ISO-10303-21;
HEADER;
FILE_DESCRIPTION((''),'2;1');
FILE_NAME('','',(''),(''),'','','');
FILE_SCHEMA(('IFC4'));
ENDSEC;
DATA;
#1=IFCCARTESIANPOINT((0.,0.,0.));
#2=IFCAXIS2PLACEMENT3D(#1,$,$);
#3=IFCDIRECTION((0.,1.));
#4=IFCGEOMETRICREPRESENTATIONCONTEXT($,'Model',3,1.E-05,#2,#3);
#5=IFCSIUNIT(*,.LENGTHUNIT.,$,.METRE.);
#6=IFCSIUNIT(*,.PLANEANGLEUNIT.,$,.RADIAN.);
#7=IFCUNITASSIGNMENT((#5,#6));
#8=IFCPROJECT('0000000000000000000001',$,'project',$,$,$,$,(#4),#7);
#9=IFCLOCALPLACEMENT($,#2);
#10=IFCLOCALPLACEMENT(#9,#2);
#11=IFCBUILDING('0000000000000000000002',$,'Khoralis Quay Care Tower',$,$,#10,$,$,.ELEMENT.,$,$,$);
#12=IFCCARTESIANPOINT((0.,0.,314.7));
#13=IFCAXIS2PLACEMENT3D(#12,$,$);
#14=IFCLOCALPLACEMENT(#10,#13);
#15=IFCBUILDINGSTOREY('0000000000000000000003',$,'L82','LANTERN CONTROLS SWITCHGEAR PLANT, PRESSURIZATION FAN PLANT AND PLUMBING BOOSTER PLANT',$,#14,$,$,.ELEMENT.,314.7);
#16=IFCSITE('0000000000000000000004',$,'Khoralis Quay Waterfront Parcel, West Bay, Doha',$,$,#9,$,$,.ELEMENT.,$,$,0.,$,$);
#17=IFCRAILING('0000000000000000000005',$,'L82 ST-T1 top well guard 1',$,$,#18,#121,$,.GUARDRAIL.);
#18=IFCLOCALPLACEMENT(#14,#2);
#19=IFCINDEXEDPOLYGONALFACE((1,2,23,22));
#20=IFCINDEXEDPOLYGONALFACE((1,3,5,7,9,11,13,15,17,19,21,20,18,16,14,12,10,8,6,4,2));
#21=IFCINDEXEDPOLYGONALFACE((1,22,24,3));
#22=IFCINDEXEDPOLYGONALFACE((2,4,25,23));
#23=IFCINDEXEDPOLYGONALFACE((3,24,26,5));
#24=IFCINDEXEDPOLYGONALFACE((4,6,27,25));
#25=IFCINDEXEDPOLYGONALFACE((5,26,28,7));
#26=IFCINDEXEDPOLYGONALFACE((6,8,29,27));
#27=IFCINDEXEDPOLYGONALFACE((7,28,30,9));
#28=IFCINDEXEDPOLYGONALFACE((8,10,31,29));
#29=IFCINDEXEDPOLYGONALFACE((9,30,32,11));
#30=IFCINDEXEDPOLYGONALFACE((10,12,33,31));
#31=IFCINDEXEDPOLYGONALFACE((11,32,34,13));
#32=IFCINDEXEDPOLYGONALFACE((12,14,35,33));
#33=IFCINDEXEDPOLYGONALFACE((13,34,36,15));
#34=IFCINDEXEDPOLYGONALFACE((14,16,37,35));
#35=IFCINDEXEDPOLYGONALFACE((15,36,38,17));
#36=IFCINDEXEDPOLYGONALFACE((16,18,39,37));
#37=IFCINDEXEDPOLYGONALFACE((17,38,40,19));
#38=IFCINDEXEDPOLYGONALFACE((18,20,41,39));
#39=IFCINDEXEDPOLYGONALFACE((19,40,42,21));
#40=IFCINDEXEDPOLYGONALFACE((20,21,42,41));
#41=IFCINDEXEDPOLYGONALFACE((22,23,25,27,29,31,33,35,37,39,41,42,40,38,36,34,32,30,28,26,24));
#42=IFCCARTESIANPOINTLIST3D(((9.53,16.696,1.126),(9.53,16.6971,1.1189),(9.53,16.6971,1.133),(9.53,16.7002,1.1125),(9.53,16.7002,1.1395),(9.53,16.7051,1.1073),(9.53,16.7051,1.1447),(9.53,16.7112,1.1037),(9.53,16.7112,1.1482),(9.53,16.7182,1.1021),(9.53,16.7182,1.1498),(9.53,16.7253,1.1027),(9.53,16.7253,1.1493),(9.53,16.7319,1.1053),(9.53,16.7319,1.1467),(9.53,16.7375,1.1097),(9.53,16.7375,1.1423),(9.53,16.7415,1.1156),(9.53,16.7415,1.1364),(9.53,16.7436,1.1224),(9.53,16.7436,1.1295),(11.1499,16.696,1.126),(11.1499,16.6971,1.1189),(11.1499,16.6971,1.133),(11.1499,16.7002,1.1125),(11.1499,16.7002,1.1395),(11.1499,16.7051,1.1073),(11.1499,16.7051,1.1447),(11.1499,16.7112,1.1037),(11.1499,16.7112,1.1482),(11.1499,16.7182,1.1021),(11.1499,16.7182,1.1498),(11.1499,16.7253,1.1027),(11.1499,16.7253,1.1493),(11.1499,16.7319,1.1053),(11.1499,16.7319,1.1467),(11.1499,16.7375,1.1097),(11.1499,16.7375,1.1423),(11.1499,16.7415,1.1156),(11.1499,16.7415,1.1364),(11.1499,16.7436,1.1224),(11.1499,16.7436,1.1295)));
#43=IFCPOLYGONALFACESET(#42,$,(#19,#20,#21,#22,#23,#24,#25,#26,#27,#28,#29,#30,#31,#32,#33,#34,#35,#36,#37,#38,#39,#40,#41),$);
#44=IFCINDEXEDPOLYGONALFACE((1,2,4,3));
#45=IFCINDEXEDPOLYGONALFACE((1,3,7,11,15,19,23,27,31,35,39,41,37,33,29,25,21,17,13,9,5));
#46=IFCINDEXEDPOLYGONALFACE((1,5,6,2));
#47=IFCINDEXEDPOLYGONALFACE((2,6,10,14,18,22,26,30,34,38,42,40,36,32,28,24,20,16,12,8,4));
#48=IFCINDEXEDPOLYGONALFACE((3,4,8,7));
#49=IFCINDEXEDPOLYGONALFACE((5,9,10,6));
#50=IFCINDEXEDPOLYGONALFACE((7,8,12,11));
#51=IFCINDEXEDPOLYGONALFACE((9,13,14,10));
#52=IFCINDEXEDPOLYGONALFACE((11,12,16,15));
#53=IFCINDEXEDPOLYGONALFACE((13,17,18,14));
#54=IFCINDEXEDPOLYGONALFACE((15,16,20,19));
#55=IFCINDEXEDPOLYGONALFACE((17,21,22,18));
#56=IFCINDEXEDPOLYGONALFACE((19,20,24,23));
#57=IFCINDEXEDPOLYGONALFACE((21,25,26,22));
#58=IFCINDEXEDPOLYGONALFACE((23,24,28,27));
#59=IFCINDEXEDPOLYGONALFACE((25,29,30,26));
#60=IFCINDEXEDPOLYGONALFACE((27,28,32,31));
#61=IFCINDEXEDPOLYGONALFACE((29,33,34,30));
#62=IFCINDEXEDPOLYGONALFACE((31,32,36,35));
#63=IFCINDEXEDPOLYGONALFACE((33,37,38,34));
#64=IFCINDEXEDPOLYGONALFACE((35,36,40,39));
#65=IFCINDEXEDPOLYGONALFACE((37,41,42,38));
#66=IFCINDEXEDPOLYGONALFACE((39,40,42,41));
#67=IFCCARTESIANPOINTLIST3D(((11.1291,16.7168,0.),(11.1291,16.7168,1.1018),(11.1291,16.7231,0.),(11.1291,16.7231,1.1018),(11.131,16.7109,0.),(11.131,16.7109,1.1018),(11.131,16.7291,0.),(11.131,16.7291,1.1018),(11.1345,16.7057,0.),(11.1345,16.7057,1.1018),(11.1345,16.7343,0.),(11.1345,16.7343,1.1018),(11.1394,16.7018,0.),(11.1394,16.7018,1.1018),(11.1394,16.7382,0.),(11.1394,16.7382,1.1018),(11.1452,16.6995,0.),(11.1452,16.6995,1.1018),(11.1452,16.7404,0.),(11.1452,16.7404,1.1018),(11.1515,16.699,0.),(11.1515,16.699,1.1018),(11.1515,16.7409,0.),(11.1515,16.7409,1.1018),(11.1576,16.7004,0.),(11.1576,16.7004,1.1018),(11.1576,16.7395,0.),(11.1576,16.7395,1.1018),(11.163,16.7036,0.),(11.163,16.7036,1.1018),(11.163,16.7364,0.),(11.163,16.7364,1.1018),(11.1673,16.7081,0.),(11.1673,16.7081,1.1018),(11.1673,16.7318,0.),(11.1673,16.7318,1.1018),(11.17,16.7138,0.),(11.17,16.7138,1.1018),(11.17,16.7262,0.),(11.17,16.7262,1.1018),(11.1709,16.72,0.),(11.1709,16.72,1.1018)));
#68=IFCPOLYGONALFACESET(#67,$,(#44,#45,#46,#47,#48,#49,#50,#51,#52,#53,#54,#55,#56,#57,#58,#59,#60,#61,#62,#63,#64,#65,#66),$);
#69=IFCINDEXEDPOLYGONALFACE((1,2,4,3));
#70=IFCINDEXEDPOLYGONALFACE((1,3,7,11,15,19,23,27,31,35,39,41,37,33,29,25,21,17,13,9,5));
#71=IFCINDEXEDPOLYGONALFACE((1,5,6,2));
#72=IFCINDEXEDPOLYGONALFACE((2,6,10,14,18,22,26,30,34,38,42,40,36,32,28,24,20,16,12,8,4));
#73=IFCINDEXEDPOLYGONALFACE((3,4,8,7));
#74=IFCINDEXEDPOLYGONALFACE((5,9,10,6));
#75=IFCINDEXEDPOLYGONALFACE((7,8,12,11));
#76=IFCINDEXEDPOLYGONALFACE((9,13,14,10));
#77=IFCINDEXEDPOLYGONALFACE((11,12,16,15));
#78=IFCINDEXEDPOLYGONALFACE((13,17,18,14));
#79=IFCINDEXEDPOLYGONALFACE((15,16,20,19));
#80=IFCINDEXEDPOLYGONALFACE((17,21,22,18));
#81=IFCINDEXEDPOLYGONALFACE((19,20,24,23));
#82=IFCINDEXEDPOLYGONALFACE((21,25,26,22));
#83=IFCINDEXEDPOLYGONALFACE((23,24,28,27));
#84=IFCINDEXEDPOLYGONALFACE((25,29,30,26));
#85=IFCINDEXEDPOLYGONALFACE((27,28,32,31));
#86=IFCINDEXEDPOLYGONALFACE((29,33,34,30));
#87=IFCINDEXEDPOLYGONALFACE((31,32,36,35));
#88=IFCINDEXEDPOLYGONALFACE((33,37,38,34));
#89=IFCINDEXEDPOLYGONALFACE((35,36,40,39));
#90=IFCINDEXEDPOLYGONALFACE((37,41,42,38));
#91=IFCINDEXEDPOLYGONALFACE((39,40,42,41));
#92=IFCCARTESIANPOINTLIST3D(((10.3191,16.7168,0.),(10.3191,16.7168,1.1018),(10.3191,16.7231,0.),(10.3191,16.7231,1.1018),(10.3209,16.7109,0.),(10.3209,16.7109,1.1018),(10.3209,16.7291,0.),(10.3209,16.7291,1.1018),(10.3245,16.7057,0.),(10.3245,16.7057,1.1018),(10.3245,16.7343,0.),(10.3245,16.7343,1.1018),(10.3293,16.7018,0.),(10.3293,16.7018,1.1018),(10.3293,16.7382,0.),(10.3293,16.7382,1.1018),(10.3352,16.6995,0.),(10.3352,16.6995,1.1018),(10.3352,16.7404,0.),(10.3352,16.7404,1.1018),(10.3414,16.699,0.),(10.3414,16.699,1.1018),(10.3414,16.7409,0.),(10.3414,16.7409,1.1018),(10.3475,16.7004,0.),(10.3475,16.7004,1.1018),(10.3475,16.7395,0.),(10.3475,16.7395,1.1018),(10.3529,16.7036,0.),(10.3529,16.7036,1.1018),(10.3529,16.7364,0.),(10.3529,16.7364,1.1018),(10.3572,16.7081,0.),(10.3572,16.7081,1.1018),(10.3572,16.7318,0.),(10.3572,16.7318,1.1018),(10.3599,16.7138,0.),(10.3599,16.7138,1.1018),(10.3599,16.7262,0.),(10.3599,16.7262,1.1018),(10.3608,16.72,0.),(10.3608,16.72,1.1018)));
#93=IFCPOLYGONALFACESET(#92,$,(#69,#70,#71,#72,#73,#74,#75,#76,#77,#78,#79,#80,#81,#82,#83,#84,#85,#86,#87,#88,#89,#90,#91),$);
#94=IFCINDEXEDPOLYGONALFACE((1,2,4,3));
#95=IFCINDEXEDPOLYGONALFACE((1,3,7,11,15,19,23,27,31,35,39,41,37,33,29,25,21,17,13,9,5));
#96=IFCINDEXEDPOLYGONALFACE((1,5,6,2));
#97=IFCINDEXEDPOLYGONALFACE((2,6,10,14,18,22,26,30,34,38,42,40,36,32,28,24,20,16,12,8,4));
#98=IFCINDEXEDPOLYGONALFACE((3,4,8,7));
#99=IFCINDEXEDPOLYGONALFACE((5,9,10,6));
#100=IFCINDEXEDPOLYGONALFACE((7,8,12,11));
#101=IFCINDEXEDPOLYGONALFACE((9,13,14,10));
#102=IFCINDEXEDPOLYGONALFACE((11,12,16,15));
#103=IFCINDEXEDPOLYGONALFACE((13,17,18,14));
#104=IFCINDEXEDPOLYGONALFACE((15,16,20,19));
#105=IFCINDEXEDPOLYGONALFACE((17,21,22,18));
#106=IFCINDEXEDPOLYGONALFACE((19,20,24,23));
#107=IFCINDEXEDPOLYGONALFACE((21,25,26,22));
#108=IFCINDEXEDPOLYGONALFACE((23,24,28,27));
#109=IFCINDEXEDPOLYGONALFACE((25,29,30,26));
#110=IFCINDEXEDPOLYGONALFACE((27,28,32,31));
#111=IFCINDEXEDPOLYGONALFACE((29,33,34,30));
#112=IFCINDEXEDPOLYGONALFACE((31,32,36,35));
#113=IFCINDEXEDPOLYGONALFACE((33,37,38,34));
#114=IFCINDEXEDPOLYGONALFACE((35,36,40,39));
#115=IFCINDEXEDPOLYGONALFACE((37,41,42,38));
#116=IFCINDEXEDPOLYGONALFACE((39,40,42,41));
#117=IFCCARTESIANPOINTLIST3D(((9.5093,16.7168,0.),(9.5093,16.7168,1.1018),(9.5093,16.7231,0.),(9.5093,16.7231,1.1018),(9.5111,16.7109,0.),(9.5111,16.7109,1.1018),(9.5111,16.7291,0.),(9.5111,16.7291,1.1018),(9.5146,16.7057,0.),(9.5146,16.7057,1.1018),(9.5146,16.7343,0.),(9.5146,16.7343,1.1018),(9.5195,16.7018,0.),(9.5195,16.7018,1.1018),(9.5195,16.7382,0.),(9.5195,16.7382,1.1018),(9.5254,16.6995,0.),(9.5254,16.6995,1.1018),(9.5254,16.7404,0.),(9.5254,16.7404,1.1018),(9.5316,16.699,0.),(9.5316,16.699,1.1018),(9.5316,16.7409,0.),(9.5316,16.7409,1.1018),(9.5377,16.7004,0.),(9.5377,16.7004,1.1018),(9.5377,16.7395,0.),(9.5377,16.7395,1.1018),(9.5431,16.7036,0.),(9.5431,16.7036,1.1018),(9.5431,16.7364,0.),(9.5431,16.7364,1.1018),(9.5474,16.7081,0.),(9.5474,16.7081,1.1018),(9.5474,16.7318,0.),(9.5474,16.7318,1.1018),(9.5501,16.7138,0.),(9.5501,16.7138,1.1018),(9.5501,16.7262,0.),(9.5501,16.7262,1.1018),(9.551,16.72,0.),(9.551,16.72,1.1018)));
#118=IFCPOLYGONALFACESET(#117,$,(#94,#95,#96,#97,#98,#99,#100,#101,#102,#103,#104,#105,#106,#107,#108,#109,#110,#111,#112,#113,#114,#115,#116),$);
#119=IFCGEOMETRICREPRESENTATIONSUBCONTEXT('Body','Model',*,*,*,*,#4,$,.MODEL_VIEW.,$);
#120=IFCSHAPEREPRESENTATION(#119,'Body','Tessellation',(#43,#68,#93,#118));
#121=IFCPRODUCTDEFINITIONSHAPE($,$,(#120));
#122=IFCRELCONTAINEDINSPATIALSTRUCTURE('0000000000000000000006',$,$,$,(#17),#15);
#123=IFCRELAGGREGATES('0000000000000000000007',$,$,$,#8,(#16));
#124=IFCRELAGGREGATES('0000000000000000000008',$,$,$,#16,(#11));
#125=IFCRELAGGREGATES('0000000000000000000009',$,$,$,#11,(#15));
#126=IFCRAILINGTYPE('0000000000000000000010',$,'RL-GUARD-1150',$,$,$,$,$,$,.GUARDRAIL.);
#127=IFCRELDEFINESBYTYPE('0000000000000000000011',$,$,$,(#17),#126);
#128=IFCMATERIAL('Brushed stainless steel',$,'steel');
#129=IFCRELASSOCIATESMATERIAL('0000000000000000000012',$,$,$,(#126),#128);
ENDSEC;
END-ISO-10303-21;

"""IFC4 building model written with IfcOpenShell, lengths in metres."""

from ifc_helpers import new_model, si_unit, direction, frame, origin, origin_2d, place, context, subcontext, project, spatial, circle, extrude, material, type_object, element, save


model = new_model("IFC4")

# Units and contexts
model_context = context("Model", 3, precision=1e-05, world=origin(), true_north=direction((0.0, 1.0)))
body_context = subcontext(model_context, "Body", "Model", "MODEL_VIEW")
ifc_project = project(units=[si_unit("LENGTHUNIT", "METRE"), si_unit("PLANEANGLEUNIT", "RADIAN")], contexts=[model_context])

# Site, building, storey
site_placement = place(None, origin())
site = spatial("IfcSite", under=ifc_project, at=site_placement, Name="Khoralis Quay Waterfront Parcel, West Bay, Doha", CompositionType="ELEMENT", RefElevation=0.0)
building_placement = place(site_placement, origin())
building = spatial("IfcBuilding", under=site, at=building_placement, Name="Khoralis Quay Care Tower", CompositionType="ELEMENT")
storey_placement = place(building_placement, frame((0.0, 0.0, 314.7)))
storey = spatial("IfcBuildingStorey", under=building, at=storey_placement, Name="L82", Description="LANTERN CONTROLS SWITCHGEAR PLANT, PRESSURIZATION FAN PLANT AND PLUMBING BOOSTER PLANT", CompositionType="ELEMENT", Elevation=314.7)

# Shared definitions
ifc_material_1 = material(Name="Brushed stainless steel", Category="steel")

# Railing
railing_type = type_object("IfcRailingType", Name="RL-GUARD-1150", PredefinedType="GUARDRAIL", material=ifc_material_1)
railing_placement = place(storey_placement, frame((11.1499, 16.72, 0.0)))
element("IfcRailing", 1, at=railing_placement, inside=storey, type_object=railing_type, Name="L82 ST-T1 top well guard 1", PredefinedType="GUARDRAIL", context=body_context, shape_type="SweptSolid", body=[
    extrude(circle(Radius=0.0239, at=origin_2d()), frame((0.0, 0.0, 1.126), z_axis=(-1.0, 0.0, 0.0), x_axis=(0.0, -1.0, 0.0)), (0.0, 0.0, 1.0), 1.6199),
    extrude(circle(Radius=0.021, at=origin_2d()), origin(), (0.0, 0.0, 1.0), 1.1018),
    extrude(circle(Radius=0.021, at=origin_2d()), frame((-0.8101, 0.0, 0.0)), (0.0, 0.0, 1.0), 1.1018),
    extrude(circle(Radius=0.021, at=origin_2d()), frame((-1.6199, 0.0, 0.0)), (0.0, 0.0, 1.0), 1.1018),
])

save(model, "model.ifc")
